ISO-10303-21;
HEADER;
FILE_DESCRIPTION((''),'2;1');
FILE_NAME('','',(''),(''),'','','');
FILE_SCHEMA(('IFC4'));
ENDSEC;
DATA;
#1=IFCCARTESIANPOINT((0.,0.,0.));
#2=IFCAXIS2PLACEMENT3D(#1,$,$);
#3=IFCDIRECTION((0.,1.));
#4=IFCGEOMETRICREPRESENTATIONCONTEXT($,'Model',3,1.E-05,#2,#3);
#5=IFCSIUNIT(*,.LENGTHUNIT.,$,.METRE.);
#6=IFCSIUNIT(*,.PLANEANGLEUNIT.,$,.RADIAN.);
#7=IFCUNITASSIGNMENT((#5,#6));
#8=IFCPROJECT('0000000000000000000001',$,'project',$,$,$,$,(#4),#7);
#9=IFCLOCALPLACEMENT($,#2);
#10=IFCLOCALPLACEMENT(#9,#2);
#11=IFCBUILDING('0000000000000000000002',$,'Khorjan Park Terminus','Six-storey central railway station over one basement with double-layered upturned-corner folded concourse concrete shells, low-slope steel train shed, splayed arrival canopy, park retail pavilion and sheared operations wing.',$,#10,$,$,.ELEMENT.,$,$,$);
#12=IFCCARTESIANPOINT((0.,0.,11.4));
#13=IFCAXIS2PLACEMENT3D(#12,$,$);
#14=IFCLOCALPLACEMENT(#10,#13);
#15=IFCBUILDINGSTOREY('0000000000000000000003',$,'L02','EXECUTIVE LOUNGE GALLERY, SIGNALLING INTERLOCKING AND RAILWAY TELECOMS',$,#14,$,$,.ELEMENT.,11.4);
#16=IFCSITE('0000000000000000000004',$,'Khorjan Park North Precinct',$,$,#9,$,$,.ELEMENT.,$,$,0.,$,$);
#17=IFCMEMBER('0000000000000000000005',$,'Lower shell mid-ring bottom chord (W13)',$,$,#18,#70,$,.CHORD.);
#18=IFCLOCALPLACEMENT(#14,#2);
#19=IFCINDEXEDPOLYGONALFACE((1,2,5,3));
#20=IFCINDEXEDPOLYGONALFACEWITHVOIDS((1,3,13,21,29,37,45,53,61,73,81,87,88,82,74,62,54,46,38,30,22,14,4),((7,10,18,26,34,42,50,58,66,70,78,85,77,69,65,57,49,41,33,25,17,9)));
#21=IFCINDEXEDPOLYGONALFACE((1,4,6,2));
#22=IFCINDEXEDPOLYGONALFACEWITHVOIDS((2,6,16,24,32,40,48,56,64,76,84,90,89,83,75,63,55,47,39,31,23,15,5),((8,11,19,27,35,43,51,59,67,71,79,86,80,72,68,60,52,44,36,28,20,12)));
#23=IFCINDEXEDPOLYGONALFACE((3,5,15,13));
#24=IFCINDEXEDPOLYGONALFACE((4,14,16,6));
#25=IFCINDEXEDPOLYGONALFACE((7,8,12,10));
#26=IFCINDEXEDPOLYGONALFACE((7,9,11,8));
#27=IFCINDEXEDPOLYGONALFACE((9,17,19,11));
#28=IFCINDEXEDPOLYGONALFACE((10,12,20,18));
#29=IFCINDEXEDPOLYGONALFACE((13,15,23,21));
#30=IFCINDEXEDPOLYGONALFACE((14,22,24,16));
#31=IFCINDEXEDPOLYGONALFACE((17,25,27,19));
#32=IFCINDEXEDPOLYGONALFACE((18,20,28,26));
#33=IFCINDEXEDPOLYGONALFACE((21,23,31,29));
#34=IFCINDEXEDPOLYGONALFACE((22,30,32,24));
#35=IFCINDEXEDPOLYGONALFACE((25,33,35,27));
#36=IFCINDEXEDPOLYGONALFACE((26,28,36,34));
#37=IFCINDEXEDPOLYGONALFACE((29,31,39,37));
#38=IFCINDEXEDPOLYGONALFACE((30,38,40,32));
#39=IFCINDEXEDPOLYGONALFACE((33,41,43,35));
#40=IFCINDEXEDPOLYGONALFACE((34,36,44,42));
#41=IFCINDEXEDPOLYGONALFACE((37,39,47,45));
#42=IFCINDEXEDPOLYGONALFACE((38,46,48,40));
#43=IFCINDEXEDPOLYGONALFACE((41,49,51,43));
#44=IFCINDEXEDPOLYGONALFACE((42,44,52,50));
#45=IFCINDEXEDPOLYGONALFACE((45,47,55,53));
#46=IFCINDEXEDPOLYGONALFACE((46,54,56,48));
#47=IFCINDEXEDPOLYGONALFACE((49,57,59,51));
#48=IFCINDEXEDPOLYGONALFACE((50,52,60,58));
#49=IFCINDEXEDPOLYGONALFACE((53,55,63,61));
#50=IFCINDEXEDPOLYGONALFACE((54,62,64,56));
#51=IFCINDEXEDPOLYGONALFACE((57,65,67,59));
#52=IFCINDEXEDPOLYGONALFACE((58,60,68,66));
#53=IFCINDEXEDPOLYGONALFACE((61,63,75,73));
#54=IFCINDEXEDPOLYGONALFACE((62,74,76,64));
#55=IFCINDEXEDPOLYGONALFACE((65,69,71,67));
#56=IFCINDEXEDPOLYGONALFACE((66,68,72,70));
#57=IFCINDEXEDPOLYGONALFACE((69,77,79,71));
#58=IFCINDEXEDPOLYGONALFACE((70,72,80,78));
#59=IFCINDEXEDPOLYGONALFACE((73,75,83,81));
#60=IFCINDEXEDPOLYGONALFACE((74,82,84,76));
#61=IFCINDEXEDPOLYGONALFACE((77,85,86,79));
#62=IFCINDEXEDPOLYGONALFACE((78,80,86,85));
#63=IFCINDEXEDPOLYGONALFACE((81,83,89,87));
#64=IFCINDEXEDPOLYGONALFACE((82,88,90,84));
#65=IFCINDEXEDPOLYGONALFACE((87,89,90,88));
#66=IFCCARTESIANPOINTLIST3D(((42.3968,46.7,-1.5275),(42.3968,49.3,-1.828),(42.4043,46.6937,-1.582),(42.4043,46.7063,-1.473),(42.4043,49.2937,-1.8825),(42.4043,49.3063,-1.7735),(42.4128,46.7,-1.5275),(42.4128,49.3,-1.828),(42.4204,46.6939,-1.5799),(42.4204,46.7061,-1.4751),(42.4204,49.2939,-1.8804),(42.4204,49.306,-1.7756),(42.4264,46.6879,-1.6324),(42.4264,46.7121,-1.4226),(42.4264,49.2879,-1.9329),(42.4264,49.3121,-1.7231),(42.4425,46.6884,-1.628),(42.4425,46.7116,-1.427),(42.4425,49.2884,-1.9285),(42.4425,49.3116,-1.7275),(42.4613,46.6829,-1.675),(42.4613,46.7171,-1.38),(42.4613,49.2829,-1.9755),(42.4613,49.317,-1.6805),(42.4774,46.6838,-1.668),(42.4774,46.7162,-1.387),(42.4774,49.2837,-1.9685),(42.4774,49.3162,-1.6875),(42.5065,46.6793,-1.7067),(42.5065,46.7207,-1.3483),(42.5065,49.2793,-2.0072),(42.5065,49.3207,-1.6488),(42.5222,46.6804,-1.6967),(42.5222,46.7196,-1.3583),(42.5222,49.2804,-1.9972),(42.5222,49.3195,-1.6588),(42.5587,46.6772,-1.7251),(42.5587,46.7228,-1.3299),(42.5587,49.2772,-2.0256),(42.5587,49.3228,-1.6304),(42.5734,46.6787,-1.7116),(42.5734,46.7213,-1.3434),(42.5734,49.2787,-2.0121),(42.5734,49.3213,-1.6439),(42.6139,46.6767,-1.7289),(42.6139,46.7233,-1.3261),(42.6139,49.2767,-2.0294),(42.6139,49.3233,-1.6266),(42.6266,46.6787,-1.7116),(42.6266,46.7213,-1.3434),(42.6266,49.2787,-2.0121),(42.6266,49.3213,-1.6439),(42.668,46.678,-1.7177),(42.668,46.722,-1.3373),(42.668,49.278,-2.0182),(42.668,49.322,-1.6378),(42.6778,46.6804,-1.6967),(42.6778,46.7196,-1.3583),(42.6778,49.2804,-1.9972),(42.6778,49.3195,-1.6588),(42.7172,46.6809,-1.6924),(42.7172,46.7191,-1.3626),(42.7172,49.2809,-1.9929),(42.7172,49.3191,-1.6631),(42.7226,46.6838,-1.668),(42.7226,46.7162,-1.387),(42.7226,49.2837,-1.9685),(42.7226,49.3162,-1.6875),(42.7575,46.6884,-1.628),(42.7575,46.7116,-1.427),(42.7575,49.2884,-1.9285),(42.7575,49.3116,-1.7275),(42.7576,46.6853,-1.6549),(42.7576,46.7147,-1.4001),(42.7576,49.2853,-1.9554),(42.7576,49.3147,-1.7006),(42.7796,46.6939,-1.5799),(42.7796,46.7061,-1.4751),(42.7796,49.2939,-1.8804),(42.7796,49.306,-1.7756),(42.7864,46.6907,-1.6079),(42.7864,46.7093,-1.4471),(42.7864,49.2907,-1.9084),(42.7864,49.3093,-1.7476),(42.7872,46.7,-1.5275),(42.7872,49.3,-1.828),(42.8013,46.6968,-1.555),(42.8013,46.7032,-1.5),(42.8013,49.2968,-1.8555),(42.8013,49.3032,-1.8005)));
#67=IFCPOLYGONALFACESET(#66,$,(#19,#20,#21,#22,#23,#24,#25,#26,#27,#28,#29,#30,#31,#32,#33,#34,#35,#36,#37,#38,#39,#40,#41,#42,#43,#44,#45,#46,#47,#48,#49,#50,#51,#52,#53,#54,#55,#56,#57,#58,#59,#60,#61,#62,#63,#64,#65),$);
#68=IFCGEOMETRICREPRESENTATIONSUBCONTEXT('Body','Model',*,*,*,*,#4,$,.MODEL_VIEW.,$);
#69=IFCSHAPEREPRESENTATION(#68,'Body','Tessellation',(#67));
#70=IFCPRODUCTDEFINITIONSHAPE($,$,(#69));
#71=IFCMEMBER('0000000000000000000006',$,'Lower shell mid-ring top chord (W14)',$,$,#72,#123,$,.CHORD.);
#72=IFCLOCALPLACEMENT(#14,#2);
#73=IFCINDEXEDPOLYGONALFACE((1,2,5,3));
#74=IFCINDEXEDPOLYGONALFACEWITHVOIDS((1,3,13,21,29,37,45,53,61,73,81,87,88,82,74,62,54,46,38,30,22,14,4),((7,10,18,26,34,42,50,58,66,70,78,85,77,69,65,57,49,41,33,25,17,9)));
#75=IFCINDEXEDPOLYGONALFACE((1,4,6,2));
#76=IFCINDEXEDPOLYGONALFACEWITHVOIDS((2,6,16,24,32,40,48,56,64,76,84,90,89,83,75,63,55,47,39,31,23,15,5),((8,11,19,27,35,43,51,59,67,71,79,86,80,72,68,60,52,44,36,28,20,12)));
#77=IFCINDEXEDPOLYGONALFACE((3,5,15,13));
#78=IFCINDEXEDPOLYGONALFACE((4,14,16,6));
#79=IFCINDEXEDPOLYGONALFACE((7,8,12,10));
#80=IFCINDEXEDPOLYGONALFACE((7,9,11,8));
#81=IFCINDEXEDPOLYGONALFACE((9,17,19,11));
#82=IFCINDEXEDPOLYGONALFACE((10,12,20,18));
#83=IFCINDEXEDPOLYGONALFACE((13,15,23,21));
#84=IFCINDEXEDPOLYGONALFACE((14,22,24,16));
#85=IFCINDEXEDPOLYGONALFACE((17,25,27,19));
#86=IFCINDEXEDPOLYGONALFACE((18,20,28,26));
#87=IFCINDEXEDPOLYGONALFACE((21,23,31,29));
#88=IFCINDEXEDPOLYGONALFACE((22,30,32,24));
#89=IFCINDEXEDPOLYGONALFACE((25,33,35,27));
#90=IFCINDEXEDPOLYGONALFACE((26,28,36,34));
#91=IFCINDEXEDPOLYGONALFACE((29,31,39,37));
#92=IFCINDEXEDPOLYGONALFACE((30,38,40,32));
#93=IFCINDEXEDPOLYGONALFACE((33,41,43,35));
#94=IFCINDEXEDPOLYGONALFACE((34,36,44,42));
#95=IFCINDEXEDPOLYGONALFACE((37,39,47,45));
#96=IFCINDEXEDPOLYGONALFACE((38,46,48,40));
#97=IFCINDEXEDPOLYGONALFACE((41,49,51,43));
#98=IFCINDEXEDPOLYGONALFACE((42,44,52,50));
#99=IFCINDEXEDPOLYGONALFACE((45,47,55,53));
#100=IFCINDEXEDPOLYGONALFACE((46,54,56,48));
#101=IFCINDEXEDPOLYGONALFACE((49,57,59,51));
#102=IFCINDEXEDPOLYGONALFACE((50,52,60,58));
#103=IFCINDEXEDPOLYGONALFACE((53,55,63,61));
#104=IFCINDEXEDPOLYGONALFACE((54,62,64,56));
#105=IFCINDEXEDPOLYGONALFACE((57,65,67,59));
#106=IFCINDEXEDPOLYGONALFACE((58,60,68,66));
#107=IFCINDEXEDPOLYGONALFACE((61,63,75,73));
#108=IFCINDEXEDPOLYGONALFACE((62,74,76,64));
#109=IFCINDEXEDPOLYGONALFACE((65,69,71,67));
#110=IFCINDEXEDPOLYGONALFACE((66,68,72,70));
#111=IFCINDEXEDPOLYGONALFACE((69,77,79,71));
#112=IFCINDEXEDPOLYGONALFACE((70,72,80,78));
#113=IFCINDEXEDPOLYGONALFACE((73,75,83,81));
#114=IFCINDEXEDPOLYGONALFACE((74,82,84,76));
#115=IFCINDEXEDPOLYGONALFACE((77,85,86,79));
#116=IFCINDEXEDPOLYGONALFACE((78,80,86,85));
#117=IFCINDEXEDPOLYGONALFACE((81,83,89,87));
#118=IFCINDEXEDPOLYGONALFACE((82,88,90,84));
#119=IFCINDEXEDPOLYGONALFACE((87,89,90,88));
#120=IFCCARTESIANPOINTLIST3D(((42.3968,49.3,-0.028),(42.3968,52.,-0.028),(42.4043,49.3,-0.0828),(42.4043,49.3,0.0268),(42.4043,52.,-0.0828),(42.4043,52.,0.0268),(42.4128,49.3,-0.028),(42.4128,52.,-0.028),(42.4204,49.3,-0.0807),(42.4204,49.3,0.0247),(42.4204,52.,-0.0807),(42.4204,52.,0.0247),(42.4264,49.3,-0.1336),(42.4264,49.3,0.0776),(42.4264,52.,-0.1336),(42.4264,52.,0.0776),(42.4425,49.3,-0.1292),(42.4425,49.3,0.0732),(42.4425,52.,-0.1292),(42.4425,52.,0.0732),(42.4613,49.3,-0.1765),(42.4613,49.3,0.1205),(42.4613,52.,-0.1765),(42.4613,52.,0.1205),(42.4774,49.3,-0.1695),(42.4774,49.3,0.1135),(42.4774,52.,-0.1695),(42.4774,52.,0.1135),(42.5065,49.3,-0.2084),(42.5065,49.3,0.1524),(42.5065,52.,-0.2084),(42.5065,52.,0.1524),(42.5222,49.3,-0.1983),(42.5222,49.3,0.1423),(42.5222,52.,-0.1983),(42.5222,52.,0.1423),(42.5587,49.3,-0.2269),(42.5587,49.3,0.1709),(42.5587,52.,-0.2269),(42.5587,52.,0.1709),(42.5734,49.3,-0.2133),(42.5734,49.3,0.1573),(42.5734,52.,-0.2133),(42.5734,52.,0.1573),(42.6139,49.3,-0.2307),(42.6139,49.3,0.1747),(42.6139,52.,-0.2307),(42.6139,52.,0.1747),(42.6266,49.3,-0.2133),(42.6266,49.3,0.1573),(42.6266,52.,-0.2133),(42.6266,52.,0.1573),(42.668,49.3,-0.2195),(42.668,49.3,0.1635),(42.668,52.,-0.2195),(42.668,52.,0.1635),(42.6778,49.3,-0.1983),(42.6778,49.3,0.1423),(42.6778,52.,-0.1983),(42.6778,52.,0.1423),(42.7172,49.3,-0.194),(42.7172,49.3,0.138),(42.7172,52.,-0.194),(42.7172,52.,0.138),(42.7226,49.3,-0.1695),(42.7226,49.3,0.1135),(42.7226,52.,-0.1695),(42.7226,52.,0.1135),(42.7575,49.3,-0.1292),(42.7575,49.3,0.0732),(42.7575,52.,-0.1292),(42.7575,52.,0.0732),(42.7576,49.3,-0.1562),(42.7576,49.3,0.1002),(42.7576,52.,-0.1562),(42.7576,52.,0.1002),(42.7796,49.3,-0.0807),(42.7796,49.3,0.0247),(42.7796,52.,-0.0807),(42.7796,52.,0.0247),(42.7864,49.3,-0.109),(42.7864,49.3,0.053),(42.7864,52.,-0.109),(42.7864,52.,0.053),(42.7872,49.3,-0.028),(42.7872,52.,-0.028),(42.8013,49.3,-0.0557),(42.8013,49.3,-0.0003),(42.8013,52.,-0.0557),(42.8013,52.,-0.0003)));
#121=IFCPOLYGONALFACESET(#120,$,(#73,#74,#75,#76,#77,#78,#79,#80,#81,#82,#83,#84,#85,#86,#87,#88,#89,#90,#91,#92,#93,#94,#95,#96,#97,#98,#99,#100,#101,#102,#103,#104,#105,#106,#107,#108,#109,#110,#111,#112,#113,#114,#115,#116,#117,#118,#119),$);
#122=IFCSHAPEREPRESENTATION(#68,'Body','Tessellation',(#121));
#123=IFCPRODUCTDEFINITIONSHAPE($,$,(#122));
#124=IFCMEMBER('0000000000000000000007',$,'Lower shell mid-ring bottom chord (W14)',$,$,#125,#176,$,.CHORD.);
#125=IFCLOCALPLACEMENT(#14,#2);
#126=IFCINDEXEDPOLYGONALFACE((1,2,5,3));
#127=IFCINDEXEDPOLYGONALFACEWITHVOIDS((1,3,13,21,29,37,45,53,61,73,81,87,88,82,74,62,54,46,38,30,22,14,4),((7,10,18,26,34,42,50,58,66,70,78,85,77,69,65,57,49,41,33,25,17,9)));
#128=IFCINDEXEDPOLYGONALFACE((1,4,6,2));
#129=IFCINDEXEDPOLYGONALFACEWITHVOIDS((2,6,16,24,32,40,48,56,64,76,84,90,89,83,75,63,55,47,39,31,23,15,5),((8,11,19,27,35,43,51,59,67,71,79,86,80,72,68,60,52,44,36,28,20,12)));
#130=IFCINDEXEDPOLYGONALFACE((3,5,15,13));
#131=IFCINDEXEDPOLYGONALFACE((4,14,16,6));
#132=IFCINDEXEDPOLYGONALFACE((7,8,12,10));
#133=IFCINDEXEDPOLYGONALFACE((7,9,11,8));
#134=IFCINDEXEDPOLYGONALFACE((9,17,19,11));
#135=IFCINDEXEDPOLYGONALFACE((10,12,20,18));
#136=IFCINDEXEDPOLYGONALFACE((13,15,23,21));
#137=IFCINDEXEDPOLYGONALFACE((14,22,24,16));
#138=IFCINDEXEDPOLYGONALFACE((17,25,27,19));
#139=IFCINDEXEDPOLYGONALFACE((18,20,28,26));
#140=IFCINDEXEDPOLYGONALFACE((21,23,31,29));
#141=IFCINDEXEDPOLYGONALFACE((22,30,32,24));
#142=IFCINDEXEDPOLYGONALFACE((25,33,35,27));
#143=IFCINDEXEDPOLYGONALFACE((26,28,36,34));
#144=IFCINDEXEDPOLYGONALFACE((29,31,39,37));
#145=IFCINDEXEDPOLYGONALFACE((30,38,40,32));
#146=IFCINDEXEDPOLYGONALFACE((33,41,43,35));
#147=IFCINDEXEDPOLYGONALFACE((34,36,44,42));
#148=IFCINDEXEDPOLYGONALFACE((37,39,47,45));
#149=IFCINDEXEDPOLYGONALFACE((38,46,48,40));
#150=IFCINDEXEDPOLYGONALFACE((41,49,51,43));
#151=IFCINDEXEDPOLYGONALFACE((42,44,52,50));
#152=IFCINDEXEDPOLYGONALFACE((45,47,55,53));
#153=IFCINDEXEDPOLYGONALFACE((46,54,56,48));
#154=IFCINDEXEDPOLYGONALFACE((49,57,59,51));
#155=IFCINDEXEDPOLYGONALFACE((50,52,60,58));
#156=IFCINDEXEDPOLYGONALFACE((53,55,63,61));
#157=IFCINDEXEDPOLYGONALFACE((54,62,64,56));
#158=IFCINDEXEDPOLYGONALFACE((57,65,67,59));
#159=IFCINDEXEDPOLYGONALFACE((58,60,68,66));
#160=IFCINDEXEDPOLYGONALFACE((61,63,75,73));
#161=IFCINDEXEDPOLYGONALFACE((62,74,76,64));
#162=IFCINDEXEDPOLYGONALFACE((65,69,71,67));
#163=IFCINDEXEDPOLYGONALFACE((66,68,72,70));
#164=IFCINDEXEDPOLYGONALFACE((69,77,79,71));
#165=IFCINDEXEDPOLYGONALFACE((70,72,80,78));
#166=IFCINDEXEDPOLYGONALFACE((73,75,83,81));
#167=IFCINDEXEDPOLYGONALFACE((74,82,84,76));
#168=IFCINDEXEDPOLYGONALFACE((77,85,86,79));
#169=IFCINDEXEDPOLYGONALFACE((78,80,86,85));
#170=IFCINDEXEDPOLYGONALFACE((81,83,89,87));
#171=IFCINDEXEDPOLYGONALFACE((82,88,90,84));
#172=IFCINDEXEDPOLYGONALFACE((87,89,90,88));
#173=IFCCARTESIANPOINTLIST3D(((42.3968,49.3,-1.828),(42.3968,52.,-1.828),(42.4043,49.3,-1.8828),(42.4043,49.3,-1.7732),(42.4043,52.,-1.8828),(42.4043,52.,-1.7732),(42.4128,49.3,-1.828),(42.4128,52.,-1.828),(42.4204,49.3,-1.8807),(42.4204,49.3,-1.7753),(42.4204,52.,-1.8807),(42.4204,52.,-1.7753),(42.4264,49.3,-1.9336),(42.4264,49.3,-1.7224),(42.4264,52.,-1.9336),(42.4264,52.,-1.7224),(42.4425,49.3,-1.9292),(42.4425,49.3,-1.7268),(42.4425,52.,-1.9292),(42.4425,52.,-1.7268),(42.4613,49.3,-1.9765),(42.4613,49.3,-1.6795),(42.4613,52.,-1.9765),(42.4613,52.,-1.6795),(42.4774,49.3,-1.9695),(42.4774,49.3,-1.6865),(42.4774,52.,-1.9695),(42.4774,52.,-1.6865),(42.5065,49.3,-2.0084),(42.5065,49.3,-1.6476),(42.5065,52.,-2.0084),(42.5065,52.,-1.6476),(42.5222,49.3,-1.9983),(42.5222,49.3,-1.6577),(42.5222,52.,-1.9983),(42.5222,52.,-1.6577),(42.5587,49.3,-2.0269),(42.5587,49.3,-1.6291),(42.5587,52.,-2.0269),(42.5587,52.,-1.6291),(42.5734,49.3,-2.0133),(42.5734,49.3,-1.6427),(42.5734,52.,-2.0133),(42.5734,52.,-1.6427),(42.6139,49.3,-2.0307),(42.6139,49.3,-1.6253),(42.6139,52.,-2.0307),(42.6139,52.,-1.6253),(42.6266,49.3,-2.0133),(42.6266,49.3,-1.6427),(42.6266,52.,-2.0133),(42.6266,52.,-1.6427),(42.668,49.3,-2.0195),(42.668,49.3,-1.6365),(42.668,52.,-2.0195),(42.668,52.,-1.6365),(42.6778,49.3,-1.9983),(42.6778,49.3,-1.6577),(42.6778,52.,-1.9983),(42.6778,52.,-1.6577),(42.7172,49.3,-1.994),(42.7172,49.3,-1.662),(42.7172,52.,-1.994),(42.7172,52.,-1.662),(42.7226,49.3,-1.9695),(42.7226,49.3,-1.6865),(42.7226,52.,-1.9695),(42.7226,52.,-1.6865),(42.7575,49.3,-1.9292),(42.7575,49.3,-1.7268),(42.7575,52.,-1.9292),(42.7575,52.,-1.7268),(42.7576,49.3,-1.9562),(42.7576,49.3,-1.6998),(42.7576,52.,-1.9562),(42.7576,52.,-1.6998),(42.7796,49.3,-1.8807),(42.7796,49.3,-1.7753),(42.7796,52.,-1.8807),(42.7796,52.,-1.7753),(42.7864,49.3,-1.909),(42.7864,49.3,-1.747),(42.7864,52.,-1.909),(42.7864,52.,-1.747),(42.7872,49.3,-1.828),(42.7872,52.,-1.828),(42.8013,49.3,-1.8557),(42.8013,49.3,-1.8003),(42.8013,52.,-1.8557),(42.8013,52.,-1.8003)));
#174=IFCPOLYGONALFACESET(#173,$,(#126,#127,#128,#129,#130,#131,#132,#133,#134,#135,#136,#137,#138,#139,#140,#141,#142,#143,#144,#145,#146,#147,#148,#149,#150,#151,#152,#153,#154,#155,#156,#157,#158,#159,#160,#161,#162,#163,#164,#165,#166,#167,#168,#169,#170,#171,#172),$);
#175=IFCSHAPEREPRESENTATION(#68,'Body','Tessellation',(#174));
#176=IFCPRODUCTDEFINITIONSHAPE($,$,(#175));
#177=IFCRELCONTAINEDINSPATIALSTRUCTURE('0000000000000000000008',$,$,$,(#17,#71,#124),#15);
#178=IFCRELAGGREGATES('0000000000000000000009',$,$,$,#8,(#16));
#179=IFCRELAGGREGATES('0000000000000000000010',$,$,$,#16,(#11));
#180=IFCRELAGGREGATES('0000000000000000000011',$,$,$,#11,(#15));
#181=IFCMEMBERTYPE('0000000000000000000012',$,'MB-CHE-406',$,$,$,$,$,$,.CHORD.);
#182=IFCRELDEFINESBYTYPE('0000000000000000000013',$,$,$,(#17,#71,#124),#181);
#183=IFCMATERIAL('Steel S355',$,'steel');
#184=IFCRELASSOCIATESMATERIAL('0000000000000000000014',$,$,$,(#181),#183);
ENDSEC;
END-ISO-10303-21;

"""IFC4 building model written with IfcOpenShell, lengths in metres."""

from ifc_helpers import new_model, si_unit, direction, frame, origin, origin_2d, place, context, subcontext, project, spatial, hollow_circle, extrude, material, material_profile, profile_set, type_object, element, save


model = new_model("IFC4")

# Units and contexts
model_context = context("Model", 3, precision=1e-05, world=origin(), true_north=direction((0.0, 1.0)))
body_context = subcontext(model_context, "Body", "Model", "MODEL_VIEW")
ifc_project = project(units=[si_unit("LENGTHUNIT", "METRE"), si_unit("PLANEANGLEUNIT", "RADIAN")], contexts=[model_context])

# Site, building, storey
site_placement = place(None, origin())
site = spatial("IfcSite", under=ifc_project, at=site_placement, Name="Khorjan Park North Precinct", CompositionType="ELEMENT", RefElevation=0.0)
building_placement = place(site_placement, origin())
building = spatial("IfcBuilding", under=site, at=building_placement, Name="Khorjan Park Terminus", Description="Six-storey central railway station over one basement with double-layered upturned-corner folded concourse concrete shells, low-slope steel train shed, splayed arrival canopy, park retail pavilion and sheared operations wing.", CompositionType="ELEMENT")
storey_placement = place(building_placement, frame((0.0, 0.0, 11.4)))
storey = spatial("IfcBuildingStorey", under=building, at=storey_placement, Name="L02", Description="EXECUTIVE LOUNGE GALLERY, SIGNALLING INTERLOCKING AND RAILWAY TELECOMS", CompositionType="ELEMENT", Elevation=11.4)

# Members
ifc_material_1 = material(Name="Steel S355", Category="steel")
ifc_material_profile_1 = material_profile(ifc_material_1, hollow_circle(Radius=0.2032, WallThickness=0.016, at=origin_2d()), Name="CHS 406.4x16")
ifc_profile_set_1 = profile_set([ifc_material_profile_1], Name="Steel S355")
member_type_1 = type_object("IfcMemberType", Name="MB-CHE-406", PredefinedType="CHORD", material=ifc_profile_set_1)
for number, where, z_axis, x_axis, name in (
    (1, (42.6, 46.7, -1.5275), (0.0, 0.993387, -0.114813), (-1.0, 0.0, 0.0), "Lower shell mid-ring bottom chord (W13)"),
):
    element("IfcMember", number, at=place(storey_placement, frame(where, z_axis=z_axis, x_axis=x_axis)), inside=storey, type_object=member_type_1, Name=name, PredefinedType="CHORD", context=body_context, shape_type="SweptSolid", body=[
        extrude(hollow_circle(Radius=0.2032, WallThickness=0.016, at=origin_2d()), origin(), (0.0, 0.0, 1.0), 2.6173),
    ])
for number, where, z_axis, x_axis, name in (
    (2, (42.6, 49.3, -0.028), (0.0, 1.0, 0.0), (-1.0, 0.0, 0.0), "Lower shell mid-ring top chord (W14)"),
    (3, (42.6, 49.3, -1.828), (0.0, 1.0, 0.0), (-1.0, 0.0, 0.0), "Lower shell mid-ring bottom chord (W14)"),
):
    element("IfcMember", number, at=place(storey_placement, frame(where, z_axis=z_axis, x_axis=x_axis)), inside=storey, type_object=member_type_1, Name=name, PredefinedType="CHORD", context=body_context, shape_type="SweptSolid", body=[
        extrude(hollow_circle(Radius=0.2032, WallThickness=0.016, at=origin_2d()), origin(), (0.0, 0.0, 1.0), 2.7),
    ])

save(model, "model.ifc")
